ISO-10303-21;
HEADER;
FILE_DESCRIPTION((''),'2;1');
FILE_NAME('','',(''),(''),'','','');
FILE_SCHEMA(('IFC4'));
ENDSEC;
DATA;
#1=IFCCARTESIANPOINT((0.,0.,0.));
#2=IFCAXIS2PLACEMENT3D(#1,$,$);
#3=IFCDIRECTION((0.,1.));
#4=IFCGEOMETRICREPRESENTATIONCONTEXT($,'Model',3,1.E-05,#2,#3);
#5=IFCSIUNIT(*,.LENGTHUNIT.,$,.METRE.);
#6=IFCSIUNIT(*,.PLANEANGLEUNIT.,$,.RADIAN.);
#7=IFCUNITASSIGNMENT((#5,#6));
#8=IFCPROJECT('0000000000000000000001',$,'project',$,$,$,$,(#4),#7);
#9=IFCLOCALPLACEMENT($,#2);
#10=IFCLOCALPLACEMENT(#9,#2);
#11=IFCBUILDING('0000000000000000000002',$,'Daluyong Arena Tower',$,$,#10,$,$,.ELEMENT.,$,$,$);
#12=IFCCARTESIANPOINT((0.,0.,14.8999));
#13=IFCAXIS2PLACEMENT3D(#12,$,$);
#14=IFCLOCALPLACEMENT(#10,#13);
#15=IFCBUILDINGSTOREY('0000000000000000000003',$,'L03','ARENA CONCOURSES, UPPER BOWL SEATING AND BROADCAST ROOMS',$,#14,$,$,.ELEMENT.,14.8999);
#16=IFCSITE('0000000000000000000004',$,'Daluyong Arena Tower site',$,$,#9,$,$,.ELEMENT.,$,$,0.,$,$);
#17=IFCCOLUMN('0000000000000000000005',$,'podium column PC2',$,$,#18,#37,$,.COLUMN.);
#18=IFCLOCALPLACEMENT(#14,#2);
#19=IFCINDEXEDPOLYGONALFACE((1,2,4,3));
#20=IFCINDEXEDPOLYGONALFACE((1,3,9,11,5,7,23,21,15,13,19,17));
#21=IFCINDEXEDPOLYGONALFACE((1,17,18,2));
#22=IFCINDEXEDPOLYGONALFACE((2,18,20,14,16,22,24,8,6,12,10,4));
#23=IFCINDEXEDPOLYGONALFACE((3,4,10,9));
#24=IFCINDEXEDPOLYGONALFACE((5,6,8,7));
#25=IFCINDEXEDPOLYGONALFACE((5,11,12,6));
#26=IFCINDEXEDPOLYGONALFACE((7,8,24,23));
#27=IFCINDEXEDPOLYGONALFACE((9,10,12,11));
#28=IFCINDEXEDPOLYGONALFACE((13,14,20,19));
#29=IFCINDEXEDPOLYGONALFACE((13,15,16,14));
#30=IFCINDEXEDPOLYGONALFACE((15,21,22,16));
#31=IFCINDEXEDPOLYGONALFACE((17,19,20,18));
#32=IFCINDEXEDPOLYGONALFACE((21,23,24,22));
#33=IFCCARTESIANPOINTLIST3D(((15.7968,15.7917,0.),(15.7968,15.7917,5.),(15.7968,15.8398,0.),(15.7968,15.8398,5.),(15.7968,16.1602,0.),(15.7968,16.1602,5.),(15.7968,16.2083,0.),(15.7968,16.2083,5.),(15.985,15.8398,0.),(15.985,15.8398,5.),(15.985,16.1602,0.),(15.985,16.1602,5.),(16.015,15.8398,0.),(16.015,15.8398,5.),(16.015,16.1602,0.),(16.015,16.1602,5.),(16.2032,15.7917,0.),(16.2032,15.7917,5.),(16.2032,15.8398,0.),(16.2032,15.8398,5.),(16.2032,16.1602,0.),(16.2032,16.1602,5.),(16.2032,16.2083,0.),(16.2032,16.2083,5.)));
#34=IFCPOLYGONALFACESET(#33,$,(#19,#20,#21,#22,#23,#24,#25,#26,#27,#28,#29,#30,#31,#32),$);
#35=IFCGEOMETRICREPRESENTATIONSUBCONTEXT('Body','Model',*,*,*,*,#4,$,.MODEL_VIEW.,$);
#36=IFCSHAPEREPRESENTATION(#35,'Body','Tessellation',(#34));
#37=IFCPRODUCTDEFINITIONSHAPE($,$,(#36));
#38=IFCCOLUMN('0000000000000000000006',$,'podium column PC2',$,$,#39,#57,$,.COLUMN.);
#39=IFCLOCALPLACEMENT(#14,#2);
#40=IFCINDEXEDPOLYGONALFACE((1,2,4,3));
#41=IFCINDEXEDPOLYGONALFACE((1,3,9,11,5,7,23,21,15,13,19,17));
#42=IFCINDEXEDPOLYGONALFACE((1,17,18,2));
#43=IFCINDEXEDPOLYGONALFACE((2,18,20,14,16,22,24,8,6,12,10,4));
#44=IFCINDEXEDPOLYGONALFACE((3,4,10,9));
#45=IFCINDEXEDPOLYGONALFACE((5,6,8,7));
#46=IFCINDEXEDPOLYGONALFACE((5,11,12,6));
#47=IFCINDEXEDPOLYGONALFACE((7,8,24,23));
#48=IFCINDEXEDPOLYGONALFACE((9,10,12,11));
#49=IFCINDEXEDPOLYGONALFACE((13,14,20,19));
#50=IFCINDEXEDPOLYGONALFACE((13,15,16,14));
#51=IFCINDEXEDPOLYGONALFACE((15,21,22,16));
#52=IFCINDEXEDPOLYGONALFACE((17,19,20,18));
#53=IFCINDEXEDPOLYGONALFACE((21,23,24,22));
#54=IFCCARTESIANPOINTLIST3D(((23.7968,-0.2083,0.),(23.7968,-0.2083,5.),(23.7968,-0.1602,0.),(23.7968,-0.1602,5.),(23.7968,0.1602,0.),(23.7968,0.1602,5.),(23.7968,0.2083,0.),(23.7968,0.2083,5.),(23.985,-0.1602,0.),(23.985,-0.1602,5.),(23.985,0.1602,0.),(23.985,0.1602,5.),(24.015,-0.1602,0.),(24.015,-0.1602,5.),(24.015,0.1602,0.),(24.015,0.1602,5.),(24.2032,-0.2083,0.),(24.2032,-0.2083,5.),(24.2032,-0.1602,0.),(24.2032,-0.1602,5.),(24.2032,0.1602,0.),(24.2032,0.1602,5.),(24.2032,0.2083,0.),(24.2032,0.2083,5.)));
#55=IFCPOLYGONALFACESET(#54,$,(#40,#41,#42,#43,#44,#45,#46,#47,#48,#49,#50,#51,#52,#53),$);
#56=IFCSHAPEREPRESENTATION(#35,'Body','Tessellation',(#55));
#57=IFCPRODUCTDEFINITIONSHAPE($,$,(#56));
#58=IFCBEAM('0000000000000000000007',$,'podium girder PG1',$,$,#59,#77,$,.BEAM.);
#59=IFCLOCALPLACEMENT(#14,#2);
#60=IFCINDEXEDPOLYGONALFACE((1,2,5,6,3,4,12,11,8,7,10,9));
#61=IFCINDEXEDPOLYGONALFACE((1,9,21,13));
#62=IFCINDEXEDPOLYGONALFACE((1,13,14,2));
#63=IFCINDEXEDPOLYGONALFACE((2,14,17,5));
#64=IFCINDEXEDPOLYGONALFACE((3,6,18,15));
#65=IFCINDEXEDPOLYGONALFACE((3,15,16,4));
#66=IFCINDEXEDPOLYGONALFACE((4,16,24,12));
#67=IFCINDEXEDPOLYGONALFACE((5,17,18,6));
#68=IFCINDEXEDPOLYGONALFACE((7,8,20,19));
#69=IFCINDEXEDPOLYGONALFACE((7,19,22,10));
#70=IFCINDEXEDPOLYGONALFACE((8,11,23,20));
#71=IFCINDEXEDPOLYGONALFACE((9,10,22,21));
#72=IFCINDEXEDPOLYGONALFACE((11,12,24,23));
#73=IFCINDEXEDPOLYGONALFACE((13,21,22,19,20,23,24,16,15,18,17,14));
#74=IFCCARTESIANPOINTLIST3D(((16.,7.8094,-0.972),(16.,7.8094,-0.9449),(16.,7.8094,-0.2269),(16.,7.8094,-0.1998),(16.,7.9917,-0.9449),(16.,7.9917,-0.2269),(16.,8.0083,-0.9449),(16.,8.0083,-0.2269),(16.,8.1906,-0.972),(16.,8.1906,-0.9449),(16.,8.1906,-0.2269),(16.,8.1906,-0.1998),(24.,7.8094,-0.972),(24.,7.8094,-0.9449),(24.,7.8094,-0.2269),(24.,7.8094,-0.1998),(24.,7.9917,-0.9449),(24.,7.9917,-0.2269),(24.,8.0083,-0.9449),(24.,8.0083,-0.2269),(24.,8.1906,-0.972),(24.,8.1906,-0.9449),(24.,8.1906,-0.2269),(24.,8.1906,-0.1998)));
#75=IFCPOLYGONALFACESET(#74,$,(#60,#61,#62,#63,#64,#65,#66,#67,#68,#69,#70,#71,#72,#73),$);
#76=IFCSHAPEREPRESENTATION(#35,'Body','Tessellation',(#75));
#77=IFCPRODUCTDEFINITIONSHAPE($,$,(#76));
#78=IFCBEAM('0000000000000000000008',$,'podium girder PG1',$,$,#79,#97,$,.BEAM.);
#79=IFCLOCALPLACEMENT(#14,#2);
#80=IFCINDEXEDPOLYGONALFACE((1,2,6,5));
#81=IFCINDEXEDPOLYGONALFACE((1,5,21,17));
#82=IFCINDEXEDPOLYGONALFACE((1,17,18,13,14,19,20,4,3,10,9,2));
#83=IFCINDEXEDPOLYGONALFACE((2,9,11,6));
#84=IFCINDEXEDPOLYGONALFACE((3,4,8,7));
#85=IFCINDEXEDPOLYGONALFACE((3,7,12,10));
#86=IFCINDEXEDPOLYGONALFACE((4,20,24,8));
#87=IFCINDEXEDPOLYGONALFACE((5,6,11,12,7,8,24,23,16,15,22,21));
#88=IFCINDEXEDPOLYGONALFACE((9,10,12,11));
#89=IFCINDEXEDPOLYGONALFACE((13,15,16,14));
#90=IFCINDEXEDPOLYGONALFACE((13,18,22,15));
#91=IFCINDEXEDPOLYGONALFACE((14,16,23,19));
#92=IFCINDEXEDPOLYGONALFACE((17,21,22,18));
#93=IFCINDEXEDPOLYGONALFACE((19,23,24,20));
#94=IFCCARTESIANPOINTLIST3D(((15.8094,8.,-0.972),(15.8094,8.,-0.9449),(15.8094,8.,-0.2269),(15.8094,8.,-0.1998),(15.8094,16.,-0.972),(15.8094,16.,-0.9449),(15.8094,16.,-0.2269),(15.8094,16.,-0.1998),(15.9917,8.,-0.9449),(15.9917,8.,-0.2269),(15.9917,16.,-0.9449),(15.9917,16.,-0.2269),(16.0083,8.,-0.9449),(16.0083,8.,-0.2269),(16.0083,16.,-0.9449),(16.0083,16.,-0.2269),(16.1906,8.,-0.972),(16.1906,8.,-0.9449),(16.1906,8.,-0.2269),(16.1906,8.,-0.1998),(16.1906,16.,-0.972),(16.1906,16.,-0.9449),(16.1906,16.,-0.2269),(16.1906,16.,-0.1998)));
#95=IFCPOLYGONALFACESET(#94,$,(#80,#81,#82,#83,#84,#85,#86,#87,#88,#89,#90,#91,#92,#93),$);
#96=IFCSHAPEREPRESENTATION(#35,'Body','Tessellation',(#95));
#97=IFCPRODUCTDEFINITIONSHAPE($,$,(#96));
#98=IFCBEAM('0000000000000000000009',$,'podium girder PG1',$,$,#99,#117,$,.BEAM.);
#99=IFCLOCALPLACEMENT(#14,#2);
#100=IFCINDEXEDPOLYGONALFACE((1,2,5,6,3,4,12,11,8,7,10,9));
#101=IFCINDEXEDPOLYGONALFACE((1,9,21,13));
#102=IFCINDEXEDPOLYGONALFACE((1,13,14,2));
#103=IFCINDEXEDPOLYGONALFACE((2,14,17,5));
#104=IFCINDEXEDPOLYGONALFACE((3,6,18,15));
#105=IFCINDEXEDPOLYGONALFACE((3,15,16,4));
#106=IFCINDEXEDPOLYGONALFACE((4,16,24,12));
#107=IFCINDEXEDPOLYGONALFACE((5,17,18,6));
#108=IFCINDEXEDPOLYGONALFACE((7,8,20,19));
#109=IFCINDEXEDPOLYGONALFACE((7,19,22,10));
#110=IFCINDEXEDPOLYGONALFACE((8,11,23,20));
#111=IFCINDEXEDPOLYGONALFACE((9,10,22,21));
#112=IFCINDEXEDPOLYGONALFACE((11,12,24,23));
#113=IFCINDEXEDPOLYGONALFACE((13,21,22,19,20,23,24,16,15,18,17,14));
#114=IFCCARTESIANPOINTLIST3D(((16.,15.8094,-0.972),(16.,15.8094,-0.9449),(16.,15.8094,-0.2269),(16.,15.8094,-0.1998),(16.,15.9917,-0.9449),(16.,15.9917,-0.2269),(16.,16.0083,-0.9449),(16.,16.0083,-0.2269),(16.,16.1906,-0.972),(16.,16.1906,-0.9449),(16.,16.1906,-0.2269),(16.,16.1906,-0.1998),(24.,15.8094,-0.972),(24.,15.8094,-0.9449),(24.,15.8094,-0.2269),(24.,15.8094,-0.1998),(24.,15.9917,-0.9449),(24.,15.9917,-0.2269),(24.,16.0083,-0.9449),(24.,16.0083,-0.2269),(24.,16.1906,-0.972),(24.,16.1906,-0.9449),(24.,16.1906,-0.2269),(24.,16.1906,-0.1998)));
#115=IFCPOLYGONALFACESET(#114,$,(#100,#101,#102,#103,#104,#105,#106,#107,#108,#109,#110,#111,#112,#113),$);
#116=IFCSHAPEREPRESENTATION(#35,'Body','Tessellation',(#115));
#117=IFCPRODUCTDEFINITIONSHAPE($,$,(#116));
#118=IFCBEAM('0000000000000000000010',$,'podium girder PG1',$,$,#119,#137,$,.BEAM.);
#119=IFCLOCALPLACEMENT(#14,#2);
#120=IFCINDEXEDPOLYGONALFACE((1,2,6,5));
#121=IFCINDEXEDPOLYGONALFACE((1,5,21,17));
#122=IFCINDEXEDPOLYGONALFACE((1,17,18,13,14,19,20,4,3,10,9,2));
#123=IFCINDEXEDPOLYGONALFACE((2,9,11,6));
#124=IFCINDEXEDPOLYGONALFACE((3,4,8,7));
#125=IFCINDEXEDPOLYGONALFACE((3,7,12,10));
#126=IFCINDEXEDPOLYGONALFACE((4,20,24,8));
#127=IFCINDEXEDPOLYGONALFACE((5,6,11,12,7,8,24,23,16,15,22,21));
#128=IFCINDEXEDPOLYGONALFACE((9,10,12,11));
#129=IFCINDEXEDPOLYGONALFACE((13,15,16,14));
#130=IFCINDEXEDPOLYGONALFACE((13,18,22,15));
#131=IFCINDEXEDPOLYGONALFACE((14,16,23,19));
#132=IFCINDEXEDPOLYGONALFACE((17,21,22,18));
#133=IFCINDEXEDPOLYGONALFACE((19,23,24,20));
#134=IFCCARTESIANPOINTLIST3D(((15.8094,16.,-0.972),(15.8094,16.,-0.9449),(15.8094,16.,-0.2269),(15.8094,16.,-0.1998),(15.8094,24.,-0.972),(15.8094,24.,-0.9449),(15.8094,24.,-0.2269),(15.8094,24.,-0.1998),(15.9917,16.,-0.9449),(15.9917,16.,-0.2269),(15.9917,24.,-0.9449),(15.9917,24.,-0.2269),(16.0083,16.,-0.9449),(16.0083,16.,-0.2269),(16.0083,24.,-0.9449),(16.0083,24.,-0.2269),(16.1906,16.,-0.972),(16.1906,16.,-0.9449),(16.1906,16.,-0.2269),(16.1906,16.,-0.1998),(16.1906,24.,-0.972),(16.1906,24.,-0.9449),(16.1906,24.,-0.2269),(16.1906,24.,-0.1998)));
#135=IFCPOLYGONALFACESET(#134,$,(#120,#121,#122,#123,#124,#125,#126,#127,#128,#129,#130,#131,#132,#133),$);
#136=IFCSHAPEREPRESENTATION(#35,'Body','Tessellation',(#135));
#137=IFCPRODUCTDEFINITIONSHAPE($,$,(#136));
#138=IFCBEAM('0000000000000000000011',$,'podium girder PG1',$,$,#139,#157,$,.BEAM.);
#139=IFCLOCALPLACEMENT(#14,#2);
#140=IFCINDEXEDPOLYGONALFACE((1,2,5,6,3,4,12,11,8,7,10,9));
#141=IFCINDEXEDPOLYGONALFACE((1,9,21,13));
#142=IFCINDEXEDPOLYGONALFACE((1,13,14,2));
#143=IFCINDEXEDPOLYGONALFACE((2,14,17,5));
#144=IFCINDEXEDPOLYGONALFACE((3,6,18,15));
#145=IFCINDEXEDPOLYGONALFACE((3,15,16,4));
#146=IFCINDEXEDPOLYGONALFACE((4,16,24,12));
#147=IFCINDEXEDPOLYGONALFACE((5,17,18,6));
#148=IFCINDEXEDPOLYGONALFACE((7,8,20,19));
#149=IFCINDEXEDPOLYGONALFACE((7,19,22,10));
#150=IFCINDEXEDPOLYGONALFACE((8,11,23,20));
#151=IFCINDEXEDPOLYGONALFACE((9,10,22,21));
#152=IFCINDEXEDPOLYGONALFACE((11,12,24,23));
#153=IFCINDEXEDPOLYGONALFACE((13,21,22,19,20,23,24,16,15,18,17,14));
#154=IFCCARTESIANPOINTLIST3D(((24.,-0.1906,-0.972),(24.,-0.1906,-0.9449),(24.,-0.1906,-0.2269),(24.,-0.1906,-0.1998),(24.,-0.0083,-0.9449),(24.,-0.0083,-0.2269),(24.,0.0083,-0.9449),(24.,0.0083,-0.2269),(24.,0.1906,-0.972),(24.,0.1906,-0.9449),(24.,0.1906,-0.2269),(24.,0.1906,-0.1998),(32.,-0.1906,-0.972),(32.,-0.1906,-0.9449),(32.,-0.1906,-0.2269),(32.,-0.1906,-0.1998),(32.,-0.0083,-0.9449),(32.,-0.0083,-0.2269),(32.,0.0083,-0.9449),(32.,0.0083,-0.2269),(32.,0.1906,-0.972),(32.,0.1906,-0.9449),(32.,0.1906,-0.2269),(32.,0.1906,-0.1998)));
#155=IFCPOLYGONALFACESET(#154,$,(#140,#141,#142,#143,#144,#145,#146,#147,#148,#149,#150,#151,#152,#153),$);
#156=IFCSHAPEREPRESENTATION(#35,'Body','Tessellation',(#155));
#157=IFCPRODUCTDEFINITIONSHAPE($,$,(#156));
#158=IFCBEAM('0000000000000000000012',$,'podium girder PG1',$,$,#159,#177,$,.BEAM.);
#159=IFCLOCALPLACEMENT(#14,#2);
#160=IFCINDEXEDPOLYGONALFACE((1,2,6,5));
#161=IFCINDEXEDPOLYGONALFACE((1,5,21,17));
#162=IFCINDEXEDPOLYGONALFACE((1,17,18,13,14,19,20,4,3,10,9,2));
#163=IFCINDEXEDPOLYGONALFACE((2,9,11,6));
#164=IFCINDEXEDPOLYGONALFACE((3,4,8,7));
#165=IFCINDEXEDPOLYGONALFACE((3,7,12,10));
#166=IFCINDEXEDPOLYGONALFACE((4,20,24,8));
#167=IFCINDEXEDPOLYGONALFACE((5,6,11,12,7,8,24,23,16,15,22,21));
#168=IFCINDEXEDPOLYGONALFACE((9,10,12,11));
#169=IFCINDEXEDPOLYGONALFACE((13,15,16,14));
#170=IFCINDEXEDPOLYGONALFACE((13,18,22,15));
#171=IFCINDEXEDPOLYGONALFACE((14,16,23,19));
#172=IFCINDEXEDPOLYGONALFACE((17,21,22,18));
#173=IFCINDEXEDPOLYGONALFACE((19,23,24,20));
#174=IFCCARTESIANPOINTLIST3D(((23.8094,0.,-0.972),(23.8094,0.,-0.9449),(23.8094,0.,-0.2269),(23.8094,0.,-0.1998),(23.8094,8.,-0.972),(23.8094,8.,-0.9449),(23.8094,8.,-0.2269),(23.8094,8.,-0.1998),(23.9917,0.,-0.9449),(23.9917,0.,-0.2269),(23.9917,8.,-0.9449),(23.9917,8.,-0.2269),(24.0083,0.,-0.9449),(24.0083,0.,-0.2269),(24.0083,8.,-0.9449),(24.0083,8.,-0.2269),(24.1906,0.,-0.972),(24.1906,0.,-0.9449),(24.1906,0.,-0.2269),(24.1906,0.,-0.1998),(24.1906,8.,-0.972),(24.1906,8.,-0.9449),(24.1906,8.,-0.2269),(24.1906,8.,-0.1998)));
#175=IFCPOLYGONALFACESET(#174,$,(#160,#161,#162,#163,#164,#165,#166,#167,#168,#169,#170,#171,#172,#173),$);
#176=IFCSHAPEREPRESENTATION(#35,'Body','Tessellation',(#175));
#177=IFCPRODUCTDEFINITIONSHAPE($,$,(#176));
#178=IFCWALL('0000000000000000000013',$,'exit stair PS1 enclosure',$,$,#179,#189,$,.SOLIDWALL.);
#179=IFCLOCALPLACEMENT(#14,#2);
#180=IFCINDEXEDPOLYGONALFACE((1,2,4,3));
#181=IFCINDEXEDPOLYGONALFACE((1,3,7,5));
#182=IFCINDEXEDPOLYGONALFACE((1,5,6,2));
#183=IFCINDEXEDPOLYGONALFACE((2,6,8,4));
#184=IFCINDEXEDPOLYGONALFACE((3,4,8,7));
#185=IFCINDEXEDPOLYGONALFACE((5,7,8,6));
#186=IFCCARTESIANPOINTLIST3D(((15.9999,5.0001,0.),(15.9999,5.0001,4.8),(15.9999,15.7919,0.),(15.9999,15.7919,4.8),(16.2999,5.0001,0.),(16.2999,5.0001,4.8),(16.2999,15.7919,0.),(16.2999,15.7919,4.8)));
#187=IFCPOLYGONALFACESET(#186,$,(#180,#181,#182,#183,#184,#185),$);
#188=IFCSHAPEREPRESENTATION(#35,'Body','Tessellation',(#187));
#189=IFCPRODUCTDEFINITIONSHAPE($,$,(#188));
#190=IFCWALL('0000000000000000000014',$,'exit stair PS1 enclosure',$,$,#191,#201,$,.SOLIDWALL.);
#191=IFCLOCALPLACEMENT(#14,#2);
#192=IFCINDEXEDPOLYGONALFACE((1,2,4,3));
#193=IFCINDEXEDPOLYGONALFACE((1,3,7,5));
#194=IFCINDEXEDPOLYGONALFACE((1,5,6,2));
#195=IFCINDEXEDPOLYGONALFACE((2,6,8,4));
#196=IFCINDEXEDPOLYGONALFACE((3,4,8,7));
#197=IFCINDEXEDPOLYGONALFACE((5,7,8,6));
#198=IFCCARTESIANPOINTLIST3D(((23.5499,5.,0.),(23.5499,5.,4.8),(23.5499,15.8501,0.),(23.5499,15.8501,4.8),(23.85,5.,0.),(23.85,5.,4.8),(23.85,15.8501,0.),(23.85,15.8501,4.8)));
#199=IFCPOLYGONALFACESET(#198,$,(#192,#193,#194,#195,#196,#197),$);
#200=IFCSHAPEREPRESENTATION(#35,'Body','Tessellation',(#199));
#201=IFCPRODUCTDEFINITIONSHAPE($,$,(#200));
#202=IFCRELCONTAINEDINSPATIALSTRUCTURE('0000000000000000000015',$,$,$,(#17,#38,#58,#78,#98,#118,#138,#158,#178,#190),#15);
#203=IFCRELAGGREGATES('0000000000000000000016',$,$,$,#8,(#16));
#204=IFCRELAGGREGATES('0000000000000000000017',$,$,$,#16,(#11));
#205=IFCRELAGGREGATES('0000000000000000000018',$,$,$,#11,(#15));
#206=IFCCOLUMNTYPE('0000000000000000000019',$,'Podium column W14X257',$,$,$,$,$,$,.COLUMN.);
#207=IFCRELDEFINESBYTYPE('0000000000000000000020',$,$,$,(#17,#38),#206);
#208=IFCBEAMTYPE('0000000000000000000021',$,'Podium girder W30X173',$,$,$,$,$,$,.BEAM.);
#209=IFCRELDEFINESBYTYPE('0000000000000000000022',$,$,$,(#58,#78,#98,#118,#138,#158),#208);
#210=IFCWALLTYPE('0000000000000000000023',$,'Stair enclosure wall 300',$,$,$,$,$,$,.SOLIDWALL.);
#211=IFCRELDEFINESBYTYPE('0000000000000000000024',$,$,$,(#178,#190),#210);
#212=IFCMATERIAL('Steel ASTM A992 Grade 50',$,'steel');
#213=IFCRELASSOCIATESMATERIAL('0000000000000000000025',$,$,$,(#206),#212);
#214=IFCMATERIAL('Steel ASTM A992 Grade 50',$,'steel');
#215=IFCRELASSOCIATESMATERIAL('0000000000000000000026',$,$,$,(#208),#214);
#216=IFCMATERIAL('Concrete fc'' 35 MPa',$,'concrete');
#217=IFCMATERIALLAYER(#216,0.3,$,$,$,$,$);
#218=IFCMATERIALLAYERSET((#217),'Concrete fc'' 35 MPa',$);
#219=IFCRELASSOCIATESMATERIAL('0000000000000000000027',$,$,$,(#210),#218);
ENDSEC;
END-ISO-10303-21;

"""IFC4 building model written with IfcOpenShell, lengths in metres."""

from ifc_helpers import new_model, si_unit, direction, frame, frame_2d, origin, origin_2d, place, context, subcontext, project, spatial, rectangle, i_section, extrude, material, layer, layer_set, material_profile, profile_set, type_object, element, save


model = new_model("IFC4")

# Units and contexts
model_context = context("Model", 3, precision=1e-05, world=origin(), true_north=direction((0.0, 1.0)))
body_context = subcontext(model_context, "Body", "Model", "MODEL_VIEW")
ifc_project = project(units=[si_unit("LENGTHUNIT", "METRE"), si_unit("PLANEANGLEUNIT", "RADIAN")], contexts=[model_context])

# Site, building, storey
site_placement = place(None, origin())
site = spatial("IfcSite", under=ifc_project, at=site_placement, Name="Daluyong Arena Tower site", CompositionType="ELEMENT", RefElevation=0.0)
building_placement = place(site_placement, origin())
building = spatial("IfcBuilding", under=site, at=building_placement, Name="Daluyong Arena Tower", CompositionType="ELEMENT")
storey_placement = place(building_placement, frame((0.0, 0.0, 14.8999)))
storey = spatial("IfcBuildingStorey", under=building, at=storey_placement, Name="L03", Description="ARENA CONCOURSES, UPPER BOWL SEATING AND BROADCAST ROOMS", CompositionType="ELEMENT", Elevation=14.8999)

# Columns
ifc_material_1 = material(Name="Steel ASTM A992 Grade 50", Category="steel")
ifc_material_profile_1 = material_profile(ifc_material_1, i_section(OverallWidth=0.4065, OverallDepth=0.4165, WebThickness=0.03, FlangeThickness=0.0481, at=origin_2d()))
ifc_profile_set_1 = profile_set([ifc_material_profile_1], Name="Steel ASTM A992 Grade 50")
column_type = type_object("IfcColumnType", Name="Podium column W14X257", PredefinedType="COLUMN", material=ifc_profile_set_1)
for number, where, z_axis, x_axis, name in (
    (1, (16.0, 16.0, 0.0), (0.0, 0.0, 1.0), (1.0, 0.0, 0.0), "podium column PC2"),
    (2, (24.0, 0.0, 0.0), (0.0, 0.0, 1.0), (1.0, 0.0, 0.0), "podium column PC2"),
):
    element("IfcColumn", number, at=place(storey_placement, frame(where, z_axis=z_axis, x_axis=x_axis)), inside=storey, type_object=column_type, Name=name, PredefinedType="COLUMN", context=body_context, shape_type="SweptSolid", body=[
        extrude(i_section(OverallWidth=0.4065, OverallDepth=0.4165, WebThickness=0.03, FlangeThickness=0.0481, at=origin_2d()), origin(), (0.0, 0.0, 1.0), 5.0),
    ])

# Beams
ifc_material_2 = material(Name="Steel ASTM A992 Grade 50", Category="steel")
ifc_material_profile_2 = material_profile(ifc_material_2, i_section(OverallWidth=0.3811, OverallDepth=0.7722, WebThickness=0.0166, FlangeThickness=0.0271, at=origin_2d()))
ifc_profile_set_2 = profile_set([ifc_material_profile_2], Name="Steel ASTM A992 Grade 50")
beam_type = type_object("IfcBeamType", Name="Podium girder W30X173", PredefinedType="BEAM", material=ifc_profile_set_2)
for number, where, z_axis, x_axis, name in (
    (3, (16.0, 8.0, -0.5859), (1.0, 0.0, 0.0), (0.0, 1.0, 0.0), "podium girder PG1"),
    (4, (16.0, 8.0, -0.5859), (0.0, 1.0, 0.0), (-1.0, 0.0, 0.0), "podium girder PG1"),
    (5, (16.0, 16.0, -0.5859), (1.0, 0.0, 0.0), (0.0, 1.0, 0.0), "podium girder PG1"),
    (6, (16.0, 16.0, -0.5859), (0.0, 1.0, 0.0), (-1.0, 0.0, 0.0), "podium girder PG1"),
    (7, (24.0, 0.0, -0.5859), (1.0, 0.0, 0.0), (0.0, 1.0, 0.0), "podium girder PG1"),
    (8, (24.0, 0.0, -0.5859), (0.0, 1.0, 0.0), (-1.0, 0.0, 0.0), "podium girder PG1"),
):
    element("IfcBeam", number, at=place(storey_placement, frame(where, z_axis=z_axis, x_axis=x_axis)), inside=storey, type_object=beam_type, Name=name, PredefinedType="BEAM", context=body_context, shape_type="SweptSolid", body=[
        extrude(i_section(OverallWidth=0.3811, OverallDepth=0.7722, WebThickness=0.0166, FlangeThickness=0.0271, at=origin_2d()), origin(), (0.0, 0.0, 1.0), 8.0),
    ])

# Walls
ifc_material_3 = material(Name="Concrete fc' 35 MPa", Category="concrete")
ifc_layer = layer(ifc_material_3, 0.3)
ifc_layer_set = layer_set([ifc_layer], Name="Concrete fc' 35 MPa")
wall_type = type_object("IfcWallType", Name="Stair enclosure wall 300", PredefinedType="SOLIDWALL", material=ifc_layer_set)
wall_1_placement = place(storey_placement, frame((16.1499, 5.0, 0.0), z_axis=(0.0, 0.0, 1.0), x_axis=(0.0, 1.0, 0.0)))
element("IfcWall", 9, at=wall_1_placement, inside=storey, type_object=wall_type, Name="exit stair PS1 enclosure", PredefinedType="SOLIDWALL", context=body_context, shape_type="SweptSolid", body=[
    extrude(rectangle(XDim=10.7917, YDim=0.3, at=frame_2d((5.396, 0.0))), origin(), (0.0, 0.0, 1.0), 4.8),
])
wall_2_placement = place(storey_placement, frame((23.7, 5.0, 0.0), z_axis=(0.0, 0.0, 1.0), x_axis=(0.0, 1.0, 0.0)))
element("IfcWall", 10, at=wall_2_placement, inside=storey, type_object=wall_type, Name="exit stair PS1 enclosure", PredefinedType="SOLIDWALL", context=body_context, shape_type="SweptSolid", body=[
    extrude(rectangle(XDim=10.8501, YDim=0.3, at=frame_2d((5.425, 0.0))), origin(), (0.0, 0.0, 1.0), 4.8),
])

save(model, "model.ifc")
